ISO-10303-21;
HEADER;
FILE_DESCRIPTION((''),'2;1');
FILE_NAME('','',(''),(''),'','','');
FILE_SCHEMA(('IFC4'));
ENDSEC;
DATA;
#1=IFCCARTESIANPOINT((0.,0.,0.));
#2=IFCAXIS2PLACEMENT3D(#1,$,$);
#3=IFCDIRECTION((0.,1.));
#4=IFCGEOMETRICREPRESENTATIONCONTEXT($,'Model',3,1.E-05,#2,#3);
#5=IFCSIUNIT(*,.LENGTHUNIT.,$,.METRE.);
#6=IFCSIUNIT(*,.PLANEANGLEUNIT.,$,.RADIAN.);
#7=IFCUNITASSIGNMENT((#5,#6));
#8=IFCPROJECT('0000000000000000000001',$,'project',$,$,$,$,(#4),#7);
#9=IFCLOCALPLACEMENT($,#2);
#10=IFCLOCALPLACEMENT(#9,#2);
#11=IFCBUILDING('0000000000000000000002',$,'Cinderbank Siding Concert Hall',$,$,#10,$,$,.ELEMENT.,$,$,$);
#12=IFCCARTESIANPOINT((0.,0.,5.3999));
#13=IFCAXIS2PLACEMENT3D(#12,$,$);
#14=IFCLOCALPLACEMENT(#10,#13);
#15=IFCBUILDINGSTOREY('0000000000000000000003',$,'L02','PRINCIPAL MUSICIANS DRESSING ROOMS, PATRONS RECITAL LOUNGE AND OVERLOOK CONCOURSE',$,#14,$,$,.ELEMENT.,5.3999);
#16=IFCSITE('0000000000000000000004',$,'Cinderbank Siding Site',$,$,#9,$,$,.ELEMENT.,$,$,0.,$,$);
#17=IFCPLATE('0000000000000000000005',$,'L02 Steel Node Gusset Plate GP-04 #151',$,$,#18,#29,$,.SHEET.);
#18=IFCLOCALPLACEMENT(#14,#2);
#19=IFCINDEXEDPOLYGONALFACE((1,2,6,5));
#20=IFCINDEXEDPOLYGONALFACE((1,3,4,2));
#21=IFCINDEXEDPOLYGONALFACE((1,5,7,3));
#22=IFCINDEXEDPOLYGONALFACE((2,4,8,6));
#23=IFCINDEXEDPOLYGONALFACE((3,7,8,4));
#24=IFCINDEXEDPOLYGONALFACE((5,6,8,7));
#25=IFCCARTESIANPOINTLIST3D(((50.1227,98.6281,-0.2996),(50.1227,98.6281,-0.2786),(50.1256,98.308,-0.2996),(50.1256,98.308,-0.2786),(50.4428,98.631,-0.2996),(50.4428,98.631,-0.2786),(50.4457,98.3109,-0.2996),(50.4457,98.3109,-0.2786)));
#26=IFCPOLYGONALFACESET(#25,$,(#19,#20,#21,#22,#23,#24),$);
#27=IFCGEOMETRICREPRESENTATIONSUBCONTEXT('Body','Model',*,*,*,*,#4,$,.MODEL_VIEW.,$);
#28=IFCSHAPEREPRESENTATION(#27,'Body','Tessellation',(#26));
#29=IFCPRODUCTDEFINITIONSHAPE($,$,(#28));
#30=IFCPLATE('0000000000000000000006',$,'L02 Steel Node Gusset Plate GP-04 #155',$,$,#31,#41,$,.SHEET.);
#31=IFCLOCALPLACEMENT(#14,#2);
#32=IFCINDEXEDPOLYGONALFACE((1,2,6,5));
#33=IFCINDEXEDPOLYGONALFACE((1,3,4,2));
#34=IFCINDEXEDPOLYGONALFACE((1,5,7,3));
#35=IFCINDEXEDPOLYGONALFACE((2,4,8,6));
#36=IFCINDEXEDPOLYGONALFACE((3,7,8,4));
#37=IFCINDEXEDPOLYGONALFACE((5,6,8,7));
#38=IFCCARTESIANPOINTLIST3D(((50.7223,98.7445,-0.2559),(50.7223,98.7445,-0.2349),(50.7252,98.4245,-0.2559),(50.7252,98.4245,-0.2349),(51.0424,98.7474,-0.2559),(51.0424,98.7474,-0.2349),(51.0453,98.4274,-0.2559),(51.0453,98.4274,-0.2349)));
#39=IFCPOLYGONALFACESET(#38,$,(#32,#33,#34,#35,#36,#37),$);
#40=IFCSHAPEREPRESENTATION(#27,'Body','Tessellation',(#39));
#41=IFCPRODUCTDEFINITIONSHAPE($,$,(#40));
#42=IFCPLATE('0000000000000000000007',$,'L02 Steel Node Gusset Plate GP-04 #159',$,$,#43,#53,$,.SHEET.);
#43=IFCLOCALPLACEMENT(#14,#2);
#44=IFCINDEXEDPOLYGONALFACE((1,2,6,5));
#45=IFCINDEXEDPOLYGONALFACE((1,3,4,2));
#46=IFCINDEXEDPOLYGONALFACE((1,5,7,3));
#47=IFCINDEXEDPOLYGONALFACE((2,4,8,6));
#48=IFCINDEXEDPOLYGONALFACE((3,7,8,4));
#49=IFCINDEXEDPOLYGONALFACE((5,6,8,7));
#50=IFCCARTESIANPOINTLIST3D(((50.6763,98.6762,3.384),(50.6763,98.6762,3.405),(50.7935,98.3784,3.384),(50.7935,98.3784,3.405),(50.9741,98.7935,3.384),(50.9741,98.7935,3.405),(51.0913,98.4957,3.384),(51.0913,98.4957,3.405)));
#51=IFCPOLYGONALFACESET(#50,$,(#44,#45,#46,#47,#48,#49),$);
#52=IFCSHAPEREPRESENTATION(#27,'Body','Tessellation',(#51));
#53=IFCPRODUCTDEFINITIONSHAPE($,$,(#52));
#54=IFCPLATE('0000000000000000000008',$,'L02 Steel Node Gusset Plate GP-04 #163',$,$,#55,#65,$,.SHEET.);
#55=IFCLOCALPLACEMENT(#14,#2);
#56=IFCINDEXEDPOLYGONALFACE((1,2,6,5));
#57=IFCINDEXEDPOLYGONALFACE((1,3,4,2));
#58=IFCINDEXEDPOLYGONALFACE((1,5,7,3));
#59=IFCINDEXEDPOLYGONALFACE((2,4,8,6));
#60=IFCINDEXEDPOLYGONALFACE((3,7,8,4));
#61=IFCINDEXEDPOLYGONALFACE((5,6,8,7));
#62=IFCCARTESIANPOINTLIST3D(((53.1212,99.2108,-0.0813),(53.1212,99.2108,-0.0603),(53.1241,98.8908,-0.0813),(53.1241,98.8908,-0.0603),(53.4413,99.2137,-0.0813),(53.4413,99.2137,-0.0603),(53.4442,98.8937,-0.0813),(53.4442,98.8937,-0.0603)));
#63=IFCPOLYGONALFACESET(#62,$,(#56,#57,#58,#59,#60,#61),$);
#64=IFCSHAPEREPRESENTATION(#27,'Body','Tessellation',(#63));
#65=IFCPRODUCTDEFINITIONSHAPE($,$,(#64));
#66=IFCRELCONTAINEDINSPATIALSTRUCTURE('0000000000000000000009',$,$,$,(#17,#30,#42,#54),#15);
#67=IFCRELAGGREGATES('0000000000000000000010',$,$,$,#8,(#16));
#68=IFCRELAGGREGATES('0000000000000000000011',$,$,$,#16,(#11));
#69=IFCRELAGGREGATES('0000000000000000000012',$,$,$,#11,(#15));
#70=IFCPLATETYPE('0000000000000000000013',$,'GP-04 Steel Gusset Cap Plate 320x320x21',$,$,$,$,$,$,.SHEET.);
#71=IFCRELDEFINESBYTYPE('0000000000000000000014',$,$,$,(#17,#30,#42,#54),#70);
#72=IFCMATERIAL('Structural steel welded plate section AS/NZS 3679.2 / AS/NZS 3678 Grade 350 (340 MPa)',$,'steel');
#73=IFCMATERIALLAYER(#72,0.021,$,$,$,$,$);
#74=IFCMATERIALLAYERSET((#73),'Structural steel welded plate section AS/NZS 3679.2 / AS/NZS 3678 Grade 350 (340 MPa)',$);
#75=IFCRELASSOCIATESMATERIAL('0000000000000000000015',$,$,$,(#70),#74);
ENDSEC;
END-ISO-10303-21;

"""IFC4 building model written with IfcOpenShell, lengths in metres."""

from ifc_helpers import new_model, si_unit, direction, frame, origin, origin_2d, place, context, subcontext, project, spatial, rectangle, extrude, material, layer, layer_set, type_object, element, save


model = new_model("IFC4")

# Units and contexts
model_context = context("Model", 3, precision=1e-05, world=origin(), true_north=direction((0.0, 1.0)))
body_context = subcontext(model_context, "Body", "Model", "MODEL_VIEW")
ifc_project = project(units=[si_unit("LENGTHUNIT", "METRE"), si_unit("PLANEANGLEUNIT", "RADIAN")], contexts=[model_context])

# Site, building, storey
site_placement = place(None, origin())
site = spatial("IfcSite", under=ifc_project, at=site_placement, Name="Cinderbank Siding Site", CompositionType="ELEMENT", RefElevation=0.0)
building_placement = place(site_placement, origin())
building = spatial("IfcBuilding", under=site, at=building_placement, Name="Cinderbank Siding Concert Hall", CompositionType="ELEMENT")
storey_placement = place(building_placement, frame((0.0, 0.0, 5.3999)))
storey = spatial("IfcBuildingStorey", under=building, at=storey_placement, Name="L02", Description="PRINCIPAL MUSICIANS DRESSING ROOMS, PATRONS RECITAL LOUNGE AND OVERLOOK CONCOURSE", CompositionType="ELEMENT", Elevation=5.3999)

# Plates
ifc_material_1 = material(Name="Structural steel welded plate section AS/NZS 3679.2 / AS/NZS 3678 Grade 350 (340 MPa)", Category="steel")
ifc_layer_1 = layer(ifc_material_1, 0.021)
ifc_layer_set_1 = layer_set([ifc_layer_1], Name="Structural steel welded plate section AS/NZS 3679.2 / AS/NZS 3678 Grade 350 (340 MPa)")
plate_type_1 = type_object("IfcPlateType", Name="GP-04 Steel Gusset Cap Plate 320x320x21", PredefinedType="SHEET", material=ifc_layer_set_1)
for number, where, z_axis, x_axis, name in (
    (1, (50.2842, 98.4695, -0.2996), (0.0, 0.0, 1.0), (-0.009076, 0.999959, 0.0), "L02 Steel Node Gusset Plate GP-04 #151"),
    (2, (50.8838, 98.5859, -0.2559), (0.0, 0.0, 1.0), (-0.009076, 0.999959, 0.0), "L02 Steel Node Gusset Plate GP-04 #155"),
    (3, (50.8838, 98.5859, 3.384), (0.0, 0.0, 1.0), (0.366339, -0.930482, 0.0), "L02 Steel Node Gusset Plate GP-04 #159"),
    (4, (53.2827, 99.0522, -0.0813), (0.0, 0.0, 1.0), (-0.009076, 0.999959, 0.0), "L02 Steel Node Gusset Plate GP-04 #163"),
):
    element("IfcPlate", number, at=place(storey_placement, frame(where, z_axis=z_axis, x_axis=x_axis)), inside=storey, type_object=plate_type_1, Name=name, PredefinedType="SHEET", context=body_context, shape_type="SweptSolid", body=[
        extrude(rectangle(XDim=0.3201, YDim=0.3201, at=origin_2d()), origin(), (0.0, 0.0, 1.0), 0.021),
    ])

save(model, "model.ifc")
